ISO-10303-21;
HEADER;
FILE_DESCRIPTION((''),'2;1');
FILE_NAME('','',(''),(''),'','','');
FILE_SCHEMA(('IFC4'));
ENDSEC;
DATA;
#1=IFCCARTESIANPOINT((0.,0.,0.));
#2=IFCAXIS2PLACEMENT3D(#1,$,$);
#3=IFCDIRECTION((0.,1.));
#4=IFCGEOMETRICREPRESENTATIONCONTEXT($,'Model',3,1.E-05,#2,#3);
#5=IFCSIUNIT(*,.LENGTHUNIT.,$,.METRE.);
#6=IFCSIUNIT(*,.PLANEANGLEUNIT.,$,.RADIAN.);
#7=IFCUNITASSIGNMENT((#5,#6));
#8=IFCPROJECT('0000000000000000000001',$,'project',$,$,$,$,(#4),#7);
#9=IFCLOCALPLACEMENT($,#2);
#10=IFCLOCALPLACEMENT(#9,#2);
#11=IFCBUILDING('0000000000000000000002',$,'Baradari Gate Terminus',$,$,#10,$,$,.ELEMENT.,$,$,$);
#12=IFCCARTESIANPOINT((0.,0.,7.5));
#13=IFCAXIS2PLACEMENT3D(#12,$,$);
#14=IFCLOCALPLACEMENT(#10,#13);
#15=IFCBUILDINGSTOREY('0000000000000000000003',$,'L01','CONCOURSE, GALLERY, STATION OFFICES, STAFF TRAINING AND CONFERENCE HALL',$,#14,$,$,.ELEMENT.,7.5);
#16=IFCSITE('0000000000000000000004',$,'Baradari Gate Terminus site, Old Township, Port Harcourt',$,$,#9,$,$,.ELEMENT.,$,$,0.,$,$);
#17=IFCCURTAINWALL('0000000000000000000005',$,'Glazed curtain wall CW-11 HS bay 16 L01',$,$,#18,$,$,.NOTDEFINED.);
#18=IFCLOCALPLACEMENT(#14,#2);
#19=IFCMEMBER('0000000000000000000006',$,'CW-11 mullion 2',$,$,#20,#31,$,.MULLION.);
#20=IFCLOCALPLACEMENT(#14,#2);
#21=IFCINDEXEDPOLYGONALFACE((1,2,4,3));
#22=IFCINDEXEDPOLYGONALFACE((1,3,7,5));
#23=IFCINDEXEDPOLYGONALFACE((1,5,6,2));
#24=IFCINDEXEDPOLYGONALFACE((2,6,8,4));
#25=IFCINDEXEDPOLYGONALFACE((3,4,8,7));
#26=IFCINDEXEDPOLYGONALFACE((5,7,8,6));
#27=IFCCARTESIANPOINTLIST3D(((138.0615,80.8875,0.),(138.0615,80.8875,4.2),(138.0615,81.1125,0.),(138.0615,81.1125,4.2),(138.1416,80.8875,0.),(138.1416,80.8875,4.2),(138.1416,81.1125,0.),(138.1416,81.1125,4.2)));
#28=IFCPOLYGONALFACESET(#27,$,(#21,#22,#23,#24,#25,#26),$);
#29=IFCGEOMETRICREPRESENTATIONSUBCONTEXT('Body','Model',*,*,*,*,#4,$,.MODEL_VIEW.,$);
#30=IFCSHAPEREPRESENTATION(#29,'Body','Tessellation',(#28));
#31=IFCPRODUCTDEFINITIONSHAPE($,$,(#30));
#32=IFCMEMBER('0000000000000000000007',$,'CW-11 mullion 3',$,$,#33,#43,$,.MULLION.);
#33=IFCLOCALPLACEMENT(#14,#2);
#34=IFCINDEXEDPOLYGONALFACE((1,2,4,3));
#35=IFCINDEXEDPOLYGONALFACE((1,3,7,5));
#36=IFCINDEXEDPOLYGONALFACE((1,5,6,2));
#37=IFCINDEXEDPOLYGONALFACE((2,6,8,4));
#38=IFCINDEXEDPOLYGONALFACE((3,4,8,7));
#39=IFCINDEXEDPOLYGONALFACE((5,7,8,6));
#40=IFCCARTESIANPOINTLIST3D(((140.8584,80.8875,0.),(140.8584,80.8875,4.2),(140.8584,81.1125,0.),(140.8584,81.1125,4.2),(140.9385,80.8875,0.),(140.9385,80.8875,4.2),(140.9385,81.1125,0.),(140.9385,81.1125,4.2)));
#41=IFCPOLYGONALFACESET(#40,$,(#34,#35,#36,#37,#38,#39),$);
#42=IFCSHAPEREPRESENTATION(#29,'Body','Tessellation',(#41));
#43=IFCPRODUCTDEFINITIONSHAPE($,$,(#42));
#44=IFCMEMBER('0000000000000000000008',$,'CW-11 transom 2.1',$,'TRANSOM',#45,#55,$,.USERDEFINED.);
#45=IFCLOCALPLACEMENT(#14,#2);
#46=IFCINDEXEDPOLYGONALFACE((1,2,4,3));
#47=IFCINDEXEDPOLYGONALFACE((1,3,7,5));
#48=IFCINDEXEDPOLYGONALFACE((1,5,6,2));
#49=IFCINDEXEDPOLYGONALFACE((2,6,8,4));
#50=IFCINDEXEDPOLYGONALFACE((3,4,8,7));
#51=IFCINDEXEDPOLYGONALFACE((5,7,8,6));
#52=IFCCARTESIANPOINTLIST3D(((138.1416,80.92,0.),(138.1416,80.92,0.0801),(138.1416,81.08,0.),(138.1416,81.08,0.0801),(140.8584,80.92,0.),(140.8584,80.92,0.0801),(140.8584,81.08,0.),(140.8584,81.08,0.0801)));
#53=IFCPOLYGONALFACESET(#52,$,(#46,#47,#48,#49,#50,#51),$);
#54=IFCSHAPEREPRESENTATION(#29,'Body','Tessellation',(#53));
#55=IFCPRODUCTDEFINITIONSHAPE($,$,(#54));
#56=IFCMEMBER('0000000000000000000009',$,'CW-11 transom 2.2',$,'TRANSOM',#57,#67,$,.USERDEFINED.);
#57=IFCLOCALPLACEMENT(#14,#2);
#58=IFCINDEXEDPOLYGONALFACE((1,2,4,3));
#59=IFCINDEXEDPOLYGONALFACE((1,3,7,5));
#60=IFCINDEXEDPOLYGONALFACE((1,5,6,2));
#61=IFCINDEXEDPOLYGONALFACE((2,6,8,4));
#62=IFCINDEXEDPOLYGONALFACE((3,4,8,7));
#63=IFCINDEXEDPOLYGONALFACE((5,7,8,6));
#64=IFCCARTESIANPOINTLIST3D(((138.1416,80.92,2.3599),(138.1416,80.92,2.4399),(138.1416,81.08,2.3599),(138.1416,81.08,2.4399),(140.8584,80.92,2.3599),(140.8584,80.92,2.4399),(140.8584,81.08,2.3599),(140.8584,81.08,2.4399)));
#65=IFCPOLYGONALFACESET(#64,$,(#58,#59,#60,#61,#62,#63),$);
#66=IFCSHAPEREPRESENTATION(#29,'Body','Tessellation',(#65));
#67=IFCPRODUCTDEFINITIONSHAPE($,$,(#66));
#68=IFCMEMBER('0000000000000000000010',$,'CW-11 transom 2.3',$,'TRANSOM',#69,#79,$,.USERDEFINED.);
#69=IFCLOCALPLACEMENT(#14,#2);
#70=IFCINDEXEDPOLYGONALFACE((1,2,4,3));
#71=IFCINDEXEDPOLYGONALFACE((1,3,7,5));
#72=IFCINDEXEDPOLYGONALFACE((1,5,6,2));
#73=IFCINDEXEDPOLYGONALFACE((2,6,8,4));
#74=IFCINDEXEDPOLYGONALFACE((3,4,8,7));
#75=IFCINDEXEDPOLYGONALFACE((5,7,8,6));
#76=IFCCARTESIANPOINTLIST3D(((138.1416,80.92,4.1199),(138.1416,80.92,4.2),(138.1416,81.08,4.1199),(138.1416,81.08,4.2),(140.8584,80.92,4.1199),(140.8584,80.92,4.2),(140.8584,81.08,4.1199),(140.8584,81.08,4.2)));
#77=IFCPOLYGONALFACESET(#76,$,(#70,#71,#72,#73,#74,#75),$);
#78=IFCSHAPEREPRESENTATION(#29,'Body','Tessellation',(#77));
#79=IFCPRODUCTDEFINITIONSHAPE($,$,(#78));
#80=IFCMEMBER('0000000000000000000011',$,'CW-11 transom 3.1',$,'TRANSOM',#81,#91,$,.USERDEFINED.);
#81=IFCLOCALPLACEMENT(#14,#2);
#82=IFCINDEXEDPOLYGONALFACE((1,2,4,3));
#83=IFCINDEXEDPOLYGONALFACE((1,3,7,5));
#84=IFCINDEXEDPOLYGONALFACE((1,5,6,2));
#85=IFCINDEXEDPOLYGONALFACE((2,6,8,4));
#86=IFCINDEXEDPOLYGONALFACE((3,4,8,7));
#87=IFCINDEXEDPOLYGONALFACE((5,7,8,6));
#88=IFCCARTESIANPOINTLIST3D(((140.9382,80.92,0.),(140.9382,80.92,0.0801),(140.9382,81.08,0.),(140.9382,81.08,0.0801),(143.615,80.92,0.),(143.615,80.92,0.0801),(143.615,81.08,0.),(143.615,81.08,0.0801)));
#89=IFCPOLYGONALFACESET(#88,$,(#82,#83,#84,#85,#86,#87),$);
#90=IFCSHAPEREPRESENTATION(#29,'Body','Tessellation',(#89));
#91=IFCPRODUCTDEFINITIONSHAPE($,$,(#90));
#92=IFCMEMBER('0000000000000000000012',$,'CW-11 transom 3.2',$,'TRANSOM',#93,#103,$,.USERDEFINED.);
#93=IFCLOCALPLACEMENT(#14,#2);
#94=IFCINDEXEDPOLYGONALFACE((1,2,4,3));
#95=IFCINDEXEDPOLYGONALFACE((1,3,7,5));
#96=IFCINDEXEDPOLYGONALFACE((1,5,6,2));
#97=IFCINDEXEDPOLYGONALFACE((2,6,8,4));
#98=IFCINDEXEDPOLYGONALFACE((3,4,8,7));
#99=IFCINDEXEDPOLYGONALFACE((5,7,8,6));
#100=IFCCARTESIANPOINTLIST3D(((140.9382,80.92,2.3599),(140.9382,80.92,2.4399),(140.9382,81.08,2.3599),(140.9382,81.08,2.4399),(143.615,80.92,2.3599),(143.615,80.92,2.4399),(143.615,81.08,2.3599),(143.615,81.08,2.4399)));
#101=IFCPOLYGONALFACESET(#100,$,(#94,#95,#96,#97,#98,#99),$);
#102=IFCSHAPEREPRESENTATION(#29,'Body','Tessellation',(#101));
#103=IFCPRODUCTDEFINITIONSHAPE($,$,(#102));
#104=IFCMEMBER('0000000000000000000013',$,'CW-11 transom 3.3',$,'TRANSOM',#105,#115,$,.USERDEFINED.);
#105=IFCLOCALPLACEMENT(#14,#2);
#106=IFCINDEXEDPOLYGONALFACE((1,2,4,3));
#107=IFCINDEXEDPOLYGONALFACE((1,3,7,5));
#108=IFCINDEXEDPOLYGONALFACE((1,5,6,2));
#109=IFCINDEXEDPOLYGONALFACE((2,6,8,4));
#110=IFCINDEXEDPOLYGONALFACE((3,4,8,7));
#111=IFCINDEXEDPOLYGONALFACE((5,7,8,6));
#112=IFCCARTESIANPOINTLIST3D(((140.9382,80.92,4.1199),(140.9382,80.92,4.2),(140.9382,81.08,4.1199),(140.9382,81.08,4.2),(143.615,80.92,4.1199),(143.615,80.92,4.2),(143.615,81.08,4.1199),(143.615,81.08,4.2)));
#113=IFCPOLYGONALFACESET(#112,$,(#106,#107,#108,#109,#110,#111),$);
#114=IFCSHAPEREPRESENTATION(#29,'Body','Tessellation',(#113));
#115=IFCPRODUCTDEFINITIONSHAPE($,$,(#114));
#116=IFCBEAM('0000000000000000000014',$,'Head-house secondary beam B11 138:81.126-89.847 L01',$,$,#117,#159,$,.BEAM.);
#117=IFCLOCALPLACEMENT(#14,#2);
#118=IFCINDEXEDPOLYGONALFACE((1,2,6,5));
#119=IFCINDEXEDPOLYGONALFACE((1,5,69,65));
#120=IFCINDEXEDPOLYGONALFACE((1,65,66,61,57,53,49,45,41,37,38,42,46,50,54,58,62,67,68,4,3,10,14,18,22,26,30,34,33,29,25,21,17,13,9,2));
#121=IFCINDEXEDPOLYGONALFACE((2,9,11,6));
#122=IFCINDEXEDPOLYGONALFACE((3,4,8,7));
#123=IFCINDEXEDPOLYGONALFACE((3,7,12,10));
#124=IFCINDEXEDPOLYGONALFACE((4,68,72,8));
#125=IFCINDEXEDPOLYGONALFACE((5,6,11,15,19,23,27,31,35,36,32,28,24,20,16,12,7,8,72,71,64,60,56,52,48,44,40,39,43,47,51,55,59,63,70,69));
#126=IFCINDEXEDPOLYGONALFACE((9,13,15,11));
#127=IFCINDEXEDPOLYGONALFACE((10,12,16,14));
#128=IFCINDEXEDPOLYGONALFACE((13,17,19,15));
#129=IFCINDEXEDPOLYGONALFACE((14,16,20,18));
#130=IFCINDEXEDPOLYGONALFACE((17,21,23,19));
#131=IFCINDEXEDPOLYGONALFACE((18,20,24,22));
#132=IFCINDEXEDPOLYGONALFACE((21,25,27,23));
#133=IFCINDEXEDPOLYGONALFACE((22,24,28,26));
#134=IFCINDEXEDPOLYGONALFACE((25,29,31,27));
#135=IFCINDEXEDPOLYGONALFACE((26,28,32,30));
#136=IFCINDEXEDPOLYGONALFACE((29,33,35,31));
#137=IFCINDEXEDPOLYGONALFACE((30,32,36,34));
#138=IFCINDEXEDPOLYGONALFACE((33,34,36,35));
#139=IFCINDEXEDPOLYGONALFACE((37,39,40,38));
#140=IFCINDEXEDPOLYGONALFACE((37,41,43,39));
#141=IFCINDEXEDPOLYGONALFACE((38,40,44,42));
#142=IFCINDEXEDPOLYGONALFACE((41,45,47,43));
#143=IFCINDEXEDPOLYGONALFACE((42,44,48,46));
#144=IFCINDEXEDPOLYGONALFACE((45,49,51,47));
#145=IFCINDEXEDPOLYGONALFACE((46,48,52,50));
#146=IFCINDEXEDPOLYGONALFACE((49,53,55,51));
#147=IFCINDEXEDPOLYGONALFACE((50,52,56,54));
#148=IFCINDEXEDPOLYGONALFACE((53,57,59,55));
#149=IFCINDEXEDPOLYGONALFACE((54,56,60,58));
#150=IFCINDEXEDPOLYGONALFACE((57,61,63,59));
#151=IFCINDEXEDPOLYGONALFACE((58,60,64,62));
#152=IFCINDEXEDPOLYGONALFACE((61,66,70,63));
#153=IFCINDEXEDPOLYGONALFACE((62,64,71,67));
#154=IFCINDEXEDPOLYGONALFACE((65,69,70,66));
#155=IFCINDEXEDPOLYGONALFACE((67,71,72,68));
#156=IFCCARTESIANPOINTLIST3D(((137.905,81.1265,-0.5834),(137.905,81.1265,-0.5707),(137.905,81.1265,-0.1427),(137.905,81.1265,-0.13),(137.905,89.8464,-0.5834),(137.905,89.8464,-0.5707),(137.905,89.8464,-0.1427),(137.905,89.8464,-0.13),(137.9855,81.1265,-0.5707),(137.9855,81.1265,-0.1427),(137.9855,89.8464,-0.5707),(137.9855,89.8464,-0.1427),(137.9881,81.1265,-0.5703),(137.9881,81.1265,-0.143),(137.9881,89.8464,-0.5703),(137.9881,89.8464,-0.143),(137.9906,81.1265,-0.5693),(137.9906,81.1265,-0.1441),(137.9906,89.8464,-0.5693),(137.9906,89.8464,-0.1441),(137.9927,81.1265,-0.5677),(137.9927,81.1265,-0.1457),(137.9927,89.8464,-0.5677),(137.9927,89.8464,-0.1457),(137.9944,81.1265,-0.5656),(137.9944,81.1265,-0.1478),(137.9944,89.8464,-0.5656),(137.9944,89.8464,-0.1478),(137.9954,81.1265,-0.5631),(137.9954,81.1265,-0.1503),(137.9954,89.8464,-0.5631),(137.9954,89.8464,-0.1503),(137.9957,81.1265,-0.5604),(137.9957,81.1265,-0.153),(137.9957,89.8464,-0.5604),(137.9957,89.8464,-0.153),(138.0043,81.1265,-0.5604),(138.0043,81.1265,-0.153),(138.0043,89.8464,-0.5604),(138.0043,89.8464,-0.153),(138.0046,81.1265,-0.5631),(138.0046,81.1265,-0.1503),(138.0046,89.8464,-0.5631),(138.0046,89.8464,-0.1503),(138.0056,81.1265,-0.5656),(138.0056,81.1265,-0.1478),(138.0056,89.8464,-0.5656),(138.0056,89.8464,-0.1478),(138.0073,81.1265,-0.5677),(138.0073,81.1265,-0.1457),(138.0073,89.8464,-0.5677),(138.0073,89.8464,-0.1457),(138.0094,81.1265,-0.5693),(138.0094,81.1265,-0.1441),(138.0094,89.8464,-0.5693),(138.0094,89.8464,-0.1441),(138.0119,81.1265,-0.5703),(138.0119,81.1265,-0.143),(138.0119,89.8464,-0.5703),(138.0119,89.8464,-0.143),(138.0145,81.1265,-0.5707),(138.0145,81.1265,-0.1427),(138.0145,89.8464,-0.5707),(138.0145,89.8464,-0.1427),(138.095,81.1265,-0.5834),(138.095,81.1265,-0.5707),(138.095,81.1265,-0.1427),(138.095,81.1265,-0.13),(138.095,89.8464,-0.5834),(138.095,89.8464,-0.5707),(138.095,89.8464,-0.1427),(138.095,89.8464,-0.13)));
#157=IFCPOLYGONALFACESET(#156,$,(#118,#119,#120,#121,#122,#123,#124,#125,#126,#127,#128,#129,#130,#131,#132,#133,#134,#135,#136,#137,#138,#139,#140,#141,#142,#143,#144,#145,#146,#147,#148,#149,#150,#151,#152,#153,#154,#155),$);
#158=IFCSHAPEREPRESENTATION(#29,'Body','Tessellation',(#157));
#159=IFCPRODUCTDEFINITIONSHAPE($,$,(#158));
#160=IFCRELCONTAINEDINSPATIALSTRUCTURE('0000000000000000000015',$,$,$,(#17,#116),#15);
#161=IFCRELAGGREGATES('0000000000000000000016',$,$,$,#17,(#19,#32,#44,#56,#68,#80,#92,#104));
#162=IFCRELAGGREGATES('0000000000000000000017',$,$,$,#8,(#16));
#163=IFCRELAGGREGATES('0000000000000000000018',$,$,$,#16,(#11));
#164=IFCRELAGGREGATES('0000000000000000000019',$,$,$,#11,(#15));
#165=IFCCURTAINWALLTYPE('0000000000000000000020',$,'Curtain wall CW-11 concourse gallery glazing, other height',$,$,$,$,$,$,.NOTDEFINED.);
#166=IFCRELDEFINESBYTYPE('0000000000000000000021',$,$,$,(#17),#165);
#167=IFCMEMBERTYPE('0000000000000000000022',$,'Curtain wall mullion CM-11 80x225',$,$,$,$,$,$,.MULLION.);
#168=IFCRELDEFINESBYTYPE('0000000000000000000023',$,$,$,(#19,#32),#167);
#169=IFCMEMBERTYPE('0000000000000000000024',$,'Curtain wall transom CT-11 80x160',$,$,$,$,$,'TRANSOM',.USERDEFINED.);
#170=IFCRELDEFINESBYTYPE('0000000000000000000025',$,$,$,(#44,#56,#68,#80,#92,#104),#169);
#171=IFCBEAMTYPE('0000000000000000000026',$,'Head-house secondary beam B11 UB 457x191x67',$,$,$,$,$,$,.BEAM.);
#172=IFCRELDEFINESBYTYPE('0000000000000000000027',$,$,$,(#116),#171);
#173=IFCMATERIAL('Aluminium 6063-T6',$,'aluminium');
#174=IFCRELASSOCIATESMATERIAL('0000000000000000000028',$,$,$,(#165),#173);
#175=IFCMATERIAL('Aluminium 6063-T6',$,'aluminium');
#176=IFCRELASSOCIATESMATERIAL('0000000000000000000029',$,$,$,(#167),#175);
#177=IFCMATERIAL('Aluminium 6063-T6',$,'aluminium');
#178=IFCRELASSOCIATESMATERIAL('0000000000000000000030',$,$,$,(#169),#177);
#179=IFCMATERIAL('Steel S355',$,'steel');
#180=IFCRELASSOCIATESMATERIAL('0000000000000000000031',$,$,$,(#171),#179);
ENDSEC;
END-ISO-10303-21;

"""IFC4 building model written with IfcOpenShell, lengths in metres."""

from ifc_helpers import new_model, si_unit, direction, frame, origin, origin_2d, place, context, subcontext, project, spatial, rectangle, i_section, extrude, material, material_profile, profile_set, type_object, element, aggregate, save


model = new_model("IFC4")

# Units and contexts
model_context = context("Model", 3, precision=1e-05, world=origin(), true_north=direction((0.0, 1.0)))
body_context = subcontext(model_context, "Body", "Model", "MODEL_VIEW")
ifc_project = project(units=[si_unit("LENGTHUNIT", "METRE"), si_unit("PLANEANGLEUNIT", "RADIAN")], contexts=[model_context])

# Site, building, storey
site_placement = place(None, origin())
site = spatial("IfcSite", under=ifc_project, at=site_placement, Name="Baradari Gate Terminus site, Old Township, Port Harcourt", CompositionType="ELEMENT", RefElevation=0.0)
building_placement = place(site_placement, origin())
building = spatial("IfcBuilding", under=site, at=building_placement, Name="Baradari Gate Terminus", CompositionType="ELEMENT")
storey_placement = place(building_placement, frame((0.0, 0.0, 7.5)))
storey = spatial("IfcBuildingStorey", under=building, at=storey_placement, Name="L01", Description="CONCOURSE, GALLERY, STATION OFFICES, STAFF TRAINING AND CONFERENCE HALL", CompositionType="ELEMENT", Elevation=7.5)

# Curtain wall, members
ifc_material_1 = material(Name="Aluminium 6063-T6", Category="aluminium")
curtain_wall_type = type_object("IfcCurtainWallType", Name="Curtain wall CW-11 concourse gallery glazing, other height", PredefinedType="NOTDEFINED", material=ifc_material_1)
curtain_wall_placement = place(storey_placement, origin())
curtain_wall = element("IfcCurtainWall", 1, at=curtain_wall_placement, inside=storey, type_object=curtain_wall_type, Name="Glazed curtain wall CW-11 HS bay 16 L01", PredefinedType="NOTDEFINED")
ifc_material_2 = material(Name="Aluminium 6063-T6", Category="aluminium")
ifc_material_profile_1 = material_profile(ifc_material_2, rectangle(XDim=0.2251, YDim=0.0801, at=origin_2d()), Name="CM-11 80X225")
ifc_profile_set_1 = profile_set([ifc_material_profile_1], Name="Aluminium 6063-T6")
member_type_1 = type_object("IfcMemberType", Name="Curtain wall mullion CM-11 80x225", PredefinedType="MULLION", material=ifc_profile_set_1)
member_1_placement = place(storey_placement, frame((138.1016, 81.0, 0.0), z_axis=(0.0, 0.0, 1.0), x_axis=(0.0, 1.0, 0.0)))
member_1 = element("IfcMember", 2, at=member_1_placement, type_object=member_type_1, Name="CW-11 mullion 2", PredefinedType="MULLION", context=body_context, shape_type="SweptSolid", body=[
    extrude(rectangle(XDim=0.2251, YDim=0.0801, at=origin_2d()), origin(), (0.0, 0.0, 1.0), 4.2),
])
member_2_placement = place(storey_placement, frame((140.8984, 81.0, 0.0), z_axis=(0.0, 0.0, 1.0), x_axis=(0.0, 1.0, 0.0)))
member_2 = element("IfcMember", 3, at=member_2_placement, type_object=member_type_1, Name="CW-11 mullion 3", PredefinedType="MULLION", context=body_context, shape_type="SweptSolid", body=[
    extrude(rectangle(XDim=0.2251, YDim=0.0801, at=origin_2d()), origin(), (0.0, 0.0, 1.0), 4.2),
])
ifc_material_3 = material(Name="Aluminium 6063-T6", Category="aluminium")
ifc_material_profile_2 = material_profile(ifc_material_3, rectangle(XDim=0.1599, YDim=0.0801, at=origin_2d()), Name="CT-11 80X160")
ifc_profile_set_2 = profile_set([ifc_material_profile_2], Name="Aluminium 6063-T6")
member_type_2 = type_object("IfcMemberType", Name="Curtain wall transom CT-11 80x160", ElementType="TRANSOM", PredefinedType="USERDEFINED", material=ifc_profile_set_2)
member_3_placement = place(storey_placement, frame((138.1416, 81.0, 0.04), z_axis=(1.0, 0.0, 0.0), x_axis=(0.0, 1.0, 0.0)))
member_3 = element("IfcMember", 4, at=member_3_placement, type_object=member_type_2, Name="CW-11 transom 2.1", ObjectType="TRANSOM", PredefinedType="USERDEFINED", context=body_context, shape_type="SweptSolid", body=[
    extrude(rectangle(XDim=0.1599, YDim=0.0801, at=origin_2d()), origin(), (0.0, 0.0, 1.0), 2.7168),
])
member_4_placement = place(storey_placement, frame((138.1416, 81.0, 2.3999), z_axis=(1.0, 0.0, 0.0), x_axis=(0.0, 1.0, 0.0)))
member_4 = element("IfcMember", 5, at=member_4_placement, type_object=member_type_2, Name="CW-11 transom 2.2", ObjectType="TRANSOM", PredefinedType="USERDEFINED", context=body_context, shape_type="SweptSolid", body=[
    extrude(rectangle(XDim=0.1599, YDim=0.0801, at=origin_2d()), origin(), (0.0, 0.0, 1.0), 2.7168),
])
member_5_placement = place(storey_placement, frame((138.1416, 81.0, 4.1599), z_axis=(1.0, 0.0, 0.0), x_axis=(0.0, 1.0, 0.0)))
member_5 = element("IfcMember", 6, at=member_5_placement, type_object=member_type_2, Name="CW-11 transom 2.3", ObjectType="TRANSOM", PredefinedType="USERDEFINED", context=body_context, shape_type="SweptSolid", body=[
    extrude(rectangle(XDim=0.1599, YDim=0.0801, at=origin_2d()), origin(), (0.0, 0.0, 1.0), 2.7168),
])
member_6_placement = place(storey_placement, frame((140.9382, 81.0, 0.04), z_axis=(1.0, 0.0, 0.0), x_axis=(0.0, 1.0, 0.0)))
member_6 = element("IfcMember", 7, at=member_6_placement, type_object=member_type_2, Name="CW-11 transom 3.1", ObjectType="TRANSOM", PredefinedType="USERDEFINED", context=body_context, shape_type="SweptSolid", body=[
    extrude(rectangle(XDim=0.1599, YDim=0.0801, at=origin_2d()), origin(), (0.0, 0.0, 1.0), 2.6768),
])
member_7_placement = place(storey_placement, frame((140.9382, 81.0, 2.3999), z_axis=(1.0, 0.0, 0.0), x_axis=(0.0, 1.0, 0.0)))
member_7 = element("IfcMember", 8, at=member_7_placement, type_object=member_type_2, Name="CW-11 transom 3.2", ObjectType="TRANSOM", PredefinedType="USERDEFINED", context=body_context, shape_type="SweptSolid", body=[
    extrude(rectangle(XDim=0.1599, YDim=0.0801, at=origin_2d()), origin(), (0.0, 0.0, 1.0), 2.6768),
])
member_8_placement = place(storey_placement, frame((140.9382, 81.0, 4.1599), z_axis=(1.0, 0.0, 0.0), x_axis=(0.0, 1.0, 0.0)))
member_8 = element("IfcMember", 9, at=member_8_placement, type_object=member_type_2, Name="CW-11 transom 3.3", ObjectType="TRANSOM", PredefinedType="USERDEFINED", context=body_context, shape_type="SweptSolid", body=[
    extrude(rectangle(XDim=0.1599, YDim=0.0801, at=origin_2d()), origin(), (0.0, 0.0, 1.0), 2.6768),
])

# Beam
ifc_material_4 = material(Name="Steel S355", Category="steel")
ifc_material_profile_3 = material_profile(ifc_material_4, i_section(OverallWidth=0.1899, OverallDepth=0.4534, WebThickness=0.0085, FlangeThickness=0.0127, FilletRadius=0.0103, at=origin_2d()), Name="UB 457x191x67")
ifc_profile_set_3 = profile_set([ifc_material_profile_3], Name="Steel S355")
beam_type_1 = type_object("IfcBeamType", Name="Head-house secondary beam B11 UB 457x191x67", PredefinedType="BEAM", material=ifc_profile_set_3)
for number, where, z_axis, x_axis, name in (
    (10, (138.0, 81.1265, -0.3567), (0.0, 1.0, 0.0), (-1.0, 0.0, 0.0), "Head-house secondary beam B11 138:81.126-89.847 L01"),
):
    element("IfcBeam", number, at=place(storey_placement, frame(where, z_axis=z_axis, x_axis=x_axis)), inside=storey, type_object=beam_type_1, Name=name, PredefinedType="BEAM", context=body_context, shape_type="SweptSolid", body=[
        extrude(i_section(OverallWidth=0.1899, OverallDepth=0.4534, WebThickness=0.0085, FlangeThickness=0.0127, FilletRadius=0.0103, at=origin_2d()), origin(), (0.0, 0.0, 1.0), 8.72),
    ])

aggregate(curtain_wall, [member_1, member_2, member_3, member_4, member_5, member_6, member_7, member_8])

save(model, "model.ifc")
